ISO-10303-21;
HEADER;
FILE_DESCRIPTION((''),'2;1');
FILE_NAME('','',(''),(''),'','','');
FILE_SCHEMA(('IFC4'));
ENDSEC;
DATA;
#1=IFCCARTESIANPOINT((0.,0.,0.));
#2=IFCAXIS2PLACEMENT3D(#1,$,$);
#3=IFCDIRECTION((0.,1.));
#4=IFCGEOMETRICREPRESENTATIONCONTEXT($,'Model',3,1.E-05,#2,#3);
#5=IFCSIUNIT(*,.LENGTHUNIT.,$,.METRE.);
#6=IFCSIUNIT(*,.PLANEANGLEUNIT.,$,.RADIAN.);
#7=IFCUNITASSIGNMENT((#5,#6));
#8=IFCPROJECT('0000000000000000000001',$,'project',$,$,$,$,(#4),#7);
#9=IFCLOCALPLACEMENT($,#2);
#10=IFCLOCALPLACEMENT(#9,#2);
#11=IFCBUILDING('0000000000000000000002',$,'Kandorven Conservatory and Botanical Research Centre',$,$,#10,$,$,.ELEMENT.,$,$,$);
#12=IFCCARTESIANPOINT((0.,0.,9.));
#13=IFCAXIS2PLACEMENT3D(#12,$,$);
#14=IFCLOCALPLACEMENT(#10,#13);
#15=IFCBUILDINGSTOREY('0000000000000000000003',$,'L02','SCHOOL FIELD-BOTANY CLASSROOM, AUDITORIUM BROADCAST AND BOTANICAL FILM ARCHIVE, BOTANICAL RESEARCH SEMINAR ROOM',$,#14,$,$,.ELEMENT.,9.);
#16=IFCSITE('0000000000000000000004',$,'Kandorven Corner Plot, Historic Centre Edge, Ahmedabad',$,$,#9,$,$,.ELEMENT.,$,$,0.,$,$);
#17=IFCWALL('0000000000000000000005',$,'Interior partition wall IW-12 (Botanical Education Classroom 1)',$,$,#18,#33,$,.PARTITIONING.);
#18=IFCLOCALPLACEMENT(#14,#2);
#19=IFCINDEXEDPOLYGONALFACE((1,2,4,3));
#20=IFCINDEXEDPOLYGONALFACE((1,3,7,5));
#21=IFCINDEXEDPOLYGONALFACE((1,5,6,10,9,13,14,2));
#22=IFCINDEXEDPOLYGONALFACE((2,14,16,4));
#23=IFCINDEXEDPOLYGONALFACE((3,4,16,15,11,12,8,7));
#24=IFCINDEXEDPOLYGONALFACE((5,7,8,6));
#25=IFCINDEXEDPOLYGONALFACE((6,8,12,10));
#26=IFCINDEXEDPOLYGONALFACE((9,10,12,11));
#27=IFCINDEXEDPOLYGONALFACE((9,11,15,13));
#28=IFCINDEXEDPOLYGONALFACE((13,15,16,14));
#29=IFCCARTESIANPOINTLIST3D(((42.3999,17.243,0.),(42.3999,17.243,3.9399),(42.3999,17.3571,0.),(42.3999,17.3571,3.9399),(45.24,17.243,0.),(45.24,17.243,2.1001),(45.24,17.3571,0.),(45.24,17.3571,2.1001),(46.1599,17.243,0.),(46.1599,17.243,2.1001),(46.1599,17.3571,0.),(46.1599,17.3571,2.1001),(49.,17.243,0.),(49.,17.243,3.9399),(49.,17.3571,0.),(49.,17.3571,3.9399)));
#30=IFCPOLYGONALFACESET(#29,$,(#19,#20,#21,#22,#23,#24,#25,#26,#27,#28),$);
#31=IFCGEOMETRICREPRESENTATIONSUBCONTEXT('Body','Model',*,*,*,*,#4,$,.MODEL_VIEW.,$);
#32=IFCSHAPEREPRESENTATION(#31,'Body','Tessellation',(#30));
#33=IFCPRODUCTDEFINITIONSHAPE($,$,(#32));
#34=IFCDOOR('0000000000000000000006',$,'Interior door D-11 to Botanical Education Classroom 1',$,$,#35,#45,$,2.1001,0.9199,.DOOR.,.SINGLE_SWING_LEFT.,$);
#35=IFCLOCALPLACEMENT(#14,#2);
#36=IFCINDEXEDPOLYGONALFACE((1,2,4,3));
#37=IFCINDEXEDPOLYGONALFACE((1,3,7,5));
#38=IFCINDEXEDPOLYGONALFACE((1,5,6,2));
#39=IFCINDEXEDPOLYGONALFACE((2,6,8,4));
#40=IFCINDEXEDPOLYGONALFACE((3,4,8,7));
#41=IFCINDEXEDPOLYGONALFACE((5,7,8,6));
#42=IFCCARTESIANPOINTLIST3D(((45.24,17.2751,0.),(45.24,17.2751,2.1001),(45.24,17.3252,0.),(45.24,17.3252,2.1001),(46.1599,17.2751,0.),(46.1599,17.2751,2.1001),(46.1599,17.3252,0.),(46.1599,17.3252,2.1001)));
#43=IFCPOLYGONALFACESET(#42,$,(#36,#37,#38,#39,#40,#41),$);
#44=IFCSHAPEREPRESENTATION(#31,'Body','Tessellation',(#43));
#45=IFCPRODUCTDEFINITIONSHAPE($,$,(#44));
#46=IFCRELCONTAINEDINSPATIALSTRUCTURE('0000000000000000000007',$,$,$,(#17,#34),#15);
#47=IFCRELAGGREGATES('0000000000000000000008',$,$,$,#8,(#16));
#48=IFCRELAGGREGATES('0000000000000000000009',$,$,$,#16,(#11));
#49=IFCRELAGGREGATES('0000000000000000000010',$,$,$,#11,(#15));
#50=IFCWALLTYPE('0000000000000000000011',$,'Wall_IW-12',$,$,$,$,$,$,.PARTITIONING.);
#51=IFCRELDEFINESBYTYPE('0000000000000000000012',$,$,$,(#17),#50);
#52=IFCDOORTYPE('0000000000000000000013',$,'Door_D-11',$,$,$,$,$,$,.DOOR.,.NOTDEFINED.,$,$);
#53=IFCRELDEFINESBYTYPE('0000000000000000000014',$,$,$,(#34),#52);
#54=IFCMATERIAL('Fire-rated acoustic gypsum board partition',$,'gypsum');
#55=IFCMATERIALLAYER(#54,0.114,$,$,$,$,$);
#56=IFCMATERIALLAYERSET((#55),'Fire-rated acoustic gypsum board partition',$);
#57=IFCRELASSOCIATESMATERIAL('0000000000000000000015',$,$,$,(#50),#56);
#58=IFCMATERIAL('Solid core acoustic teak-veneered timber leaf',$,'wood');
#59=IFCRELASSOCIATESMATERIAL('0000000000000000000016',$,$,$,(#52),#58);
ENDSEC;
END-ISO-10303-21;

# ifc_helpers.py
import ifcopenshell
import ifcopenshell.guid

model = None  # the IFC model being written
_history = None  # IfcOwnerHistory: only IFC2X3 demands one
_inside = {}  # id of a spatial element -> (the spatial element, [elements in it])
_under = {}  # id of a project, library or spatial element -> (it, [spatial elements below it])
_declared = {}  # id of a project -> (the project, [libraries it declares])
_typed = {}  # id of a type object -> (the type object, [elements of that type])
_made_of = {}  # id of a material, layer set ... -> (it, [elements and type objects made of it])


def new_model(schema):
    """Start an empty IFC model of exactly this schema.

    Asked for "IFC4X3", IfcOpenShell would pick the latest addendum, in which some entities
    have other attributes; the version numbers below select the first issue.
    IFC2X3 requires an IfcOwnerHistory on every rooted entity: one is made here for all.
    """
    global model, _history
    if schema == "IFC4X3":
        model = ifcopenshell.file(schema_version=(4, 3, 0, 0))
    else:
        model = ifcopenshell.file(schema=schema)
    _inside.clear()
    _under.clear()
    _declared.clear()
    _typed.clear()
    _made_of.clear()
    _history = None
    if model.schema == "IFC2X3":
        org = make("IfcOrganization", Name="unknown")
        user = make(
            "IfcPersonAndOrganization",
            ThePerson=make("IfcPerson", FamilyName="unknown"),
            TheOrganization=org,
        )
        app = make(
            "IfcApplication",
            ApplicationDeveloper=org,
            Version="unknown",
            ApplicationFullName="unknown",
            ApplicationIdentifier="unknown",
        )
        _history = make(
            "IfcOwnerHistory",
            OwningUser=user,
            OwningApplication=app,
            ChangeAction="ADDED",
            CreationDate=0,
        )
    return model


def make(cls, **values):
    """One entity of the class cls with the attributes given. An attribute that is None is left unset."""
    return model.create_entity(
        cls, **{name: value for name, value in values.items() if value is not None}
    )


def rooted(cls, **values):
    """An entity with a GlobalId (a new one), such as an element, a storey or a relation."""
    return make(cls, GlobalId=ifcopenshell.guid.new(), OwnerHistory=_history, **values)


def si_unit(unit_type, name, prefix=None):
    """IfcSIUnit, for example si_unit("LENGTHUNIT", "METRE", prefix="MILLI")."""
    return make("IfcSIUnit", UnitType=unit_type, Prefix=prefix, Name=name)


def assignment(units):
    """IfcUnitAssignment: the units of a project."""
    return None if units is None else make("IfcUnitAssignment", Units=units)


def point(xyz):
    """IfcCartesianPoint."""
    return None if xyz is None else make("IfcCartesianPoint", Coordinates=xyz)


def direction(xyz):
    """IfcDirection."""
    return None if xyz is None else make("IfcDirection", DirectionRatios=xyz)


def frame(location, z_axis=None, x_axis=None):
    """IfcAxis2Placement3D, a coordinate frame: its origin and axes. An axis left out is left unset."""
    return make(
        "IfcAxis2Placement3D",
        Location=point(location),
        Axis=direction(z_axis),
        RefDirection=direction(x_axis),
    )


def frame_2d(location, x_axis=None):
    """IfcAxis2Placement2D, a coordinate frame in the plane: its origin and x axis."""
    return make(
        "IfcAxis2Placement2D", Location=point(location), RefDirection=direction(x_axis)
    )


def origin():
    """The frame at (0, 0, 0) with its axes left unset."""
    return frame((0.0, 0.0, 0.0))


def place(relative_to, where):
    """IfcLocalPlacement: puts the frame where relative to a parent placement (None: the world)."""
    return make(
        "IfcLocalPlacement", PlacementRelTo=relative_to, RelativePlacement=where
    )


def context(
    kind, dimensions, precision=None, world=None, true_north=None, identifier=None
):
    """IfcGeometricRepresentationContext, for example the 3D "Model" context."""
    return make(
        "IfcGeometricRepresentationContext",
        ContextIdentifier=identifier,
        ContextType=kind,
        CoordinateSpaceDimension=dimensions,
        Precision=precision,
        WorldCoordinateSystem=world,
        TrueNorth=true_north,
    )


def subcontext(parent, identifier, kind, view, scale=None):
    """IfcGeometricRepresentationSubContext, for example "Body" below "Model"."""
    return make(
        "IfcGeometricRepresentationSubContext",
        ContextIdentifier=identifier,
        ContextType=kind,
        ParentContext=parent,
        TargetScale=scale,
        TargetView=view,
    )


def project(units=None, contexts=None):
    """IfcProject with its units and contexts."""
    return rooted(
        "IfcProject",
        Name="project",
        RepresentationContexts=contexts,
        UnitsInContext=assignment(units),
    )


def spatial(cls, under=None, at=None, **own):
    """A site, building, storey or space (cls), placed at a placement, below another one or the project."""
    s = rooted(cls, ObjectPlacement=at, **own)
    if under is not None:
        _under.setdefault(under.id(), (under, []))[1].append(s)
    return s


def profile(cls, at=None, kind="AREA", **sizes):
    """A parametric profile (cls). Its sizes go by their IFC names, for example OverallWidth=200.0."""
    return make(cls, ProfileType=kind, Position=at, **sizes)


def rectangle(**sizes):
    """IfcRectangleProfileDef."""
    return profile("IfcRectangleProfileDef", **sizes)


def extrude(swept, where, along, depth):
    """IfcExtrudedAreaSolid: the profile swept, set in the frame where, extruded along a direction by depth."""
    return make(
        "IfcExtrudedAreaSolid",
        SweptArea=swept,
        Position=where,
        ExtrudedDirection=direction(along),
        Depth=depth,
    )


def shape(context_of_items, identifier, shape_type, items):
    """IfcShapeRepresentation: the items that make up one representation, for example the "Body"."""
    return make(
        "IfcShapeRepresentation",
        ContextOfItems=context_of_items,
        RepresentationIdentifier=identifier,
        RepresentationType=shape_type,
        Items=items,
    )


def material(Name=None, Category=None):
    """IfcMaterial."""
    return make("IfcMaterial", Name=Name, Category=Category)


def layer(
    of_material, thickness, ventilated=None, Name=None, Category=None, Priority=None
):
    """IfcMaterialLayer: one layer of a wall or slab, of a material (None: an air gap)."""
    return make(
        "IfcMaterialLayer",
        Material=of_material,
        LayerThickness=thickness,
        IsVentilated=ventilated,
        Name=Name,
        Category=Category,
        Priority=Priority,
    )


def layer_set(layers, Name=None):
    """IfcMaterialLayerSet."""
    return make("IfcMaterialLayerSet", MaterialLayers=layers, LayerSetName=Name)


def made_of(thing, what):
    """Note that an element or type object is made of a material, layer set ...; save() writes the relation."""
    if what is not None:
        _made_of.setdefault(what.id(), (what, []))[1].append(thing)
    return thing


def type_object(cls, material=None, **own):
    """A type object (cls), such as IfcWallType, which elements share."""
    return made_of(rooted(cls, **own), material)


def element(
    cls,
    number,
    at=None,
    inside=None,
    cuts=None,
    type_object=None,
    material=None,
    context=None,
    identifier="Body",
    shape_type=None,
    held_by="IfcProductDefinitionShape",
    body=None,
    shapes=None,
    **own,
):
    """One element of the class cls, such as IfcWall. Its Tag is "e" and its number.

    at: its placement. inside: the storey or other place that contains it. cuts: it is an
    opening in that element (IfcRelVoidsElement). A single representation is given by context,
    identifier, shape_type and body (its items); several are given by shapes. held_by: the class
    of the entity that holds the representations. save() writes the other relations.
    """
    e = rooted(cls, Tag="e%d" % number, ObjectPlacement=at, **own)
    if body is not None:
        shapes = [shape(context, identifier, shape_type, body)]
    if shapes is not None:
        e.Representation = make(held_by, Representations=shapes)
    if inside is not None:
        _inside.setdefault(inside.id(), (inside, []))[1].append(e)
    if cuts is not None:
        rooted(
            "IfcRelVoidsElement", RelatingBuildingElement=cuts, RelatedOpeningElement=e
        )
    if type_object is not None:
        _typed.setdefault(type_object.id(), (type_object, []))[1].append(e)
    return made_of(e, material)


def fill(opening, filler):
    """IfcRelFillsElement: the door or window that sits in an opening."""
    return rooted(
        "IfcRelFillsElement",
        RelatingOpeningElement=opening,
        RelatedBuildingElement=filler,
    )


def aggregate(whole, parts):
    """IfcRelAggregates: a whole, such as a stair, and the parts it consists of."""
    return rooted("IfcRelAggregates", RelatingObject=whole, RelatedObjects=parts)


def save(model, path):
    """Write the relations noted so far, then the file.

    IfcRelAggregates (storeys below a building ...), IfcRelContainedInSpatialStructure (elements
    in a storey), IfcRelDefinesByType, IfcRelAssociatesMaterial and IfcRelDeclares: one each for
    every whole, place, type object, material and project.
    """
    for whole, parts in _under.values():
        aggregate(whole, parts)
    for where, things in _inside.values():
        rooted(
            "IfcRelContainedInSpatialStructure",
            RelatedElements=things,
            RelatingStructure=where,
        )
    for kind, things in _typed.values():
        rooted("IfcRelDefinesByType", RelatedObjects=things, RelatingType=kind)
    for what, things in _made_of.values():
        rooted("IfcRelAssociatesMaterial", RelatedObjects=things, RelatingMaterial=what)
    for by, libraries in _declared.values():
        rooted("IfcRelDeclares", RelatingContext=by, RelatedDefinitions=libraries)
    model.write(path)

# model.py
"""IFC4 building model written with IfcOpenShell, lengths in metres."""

from ifc_helpers import new_model, si_unit, direction, frame, frame_2d, origin, place, context, subcontext, project, spatial, rectangle, extrude, material, layer, layer_set, type_object, element, fill, save


model = new_model("IFC4")

# Units and contexts
model_context = context("Model", 3, precision=1e-05, world=origin(), true_north=direction((0.0, 1.0)))
body_context = subcontext(model_context, "Body", "Model", "MODEL_VIEW")
ifc_project = project(units=[si_unit("LENGTHUNIT", "METRE"), si_unit("PLANEANGLEUNIT", "RADIAN")], contexts=[model_context])

# Site, building, storey
site_placement = place(None, origin())
site = spatial("IfcSite", under=ifc_project, at=site_placement, Name="Kandorven Corner Plot, Historic Centre Edge, Ahmedabad", CompositionType="ELEMENT", RefElevation=0.0)
building_placement = place(site_placement, origin())
building = spatial("IfcBuilding", under=site, at=building_placement, Name="Kandorven Conservatory and Botanical Research Centre", CompositionType="ELEMENT")
storey_placement = place(building_placement, frame((0.0, 0.0, 9.0)))
storey = spatial("IfcBuildingStorey", under=building, at=storey_placement, Name="L02", Description="SCHOOL FIELD-BOTANY CLASSROOM, AUDITORIUM BROADCAST AND BOTANICAL FILM ARCHIVE, BOTANICAL RESEARCH SEMINAR ROOM", CompositionType="ELEMENT", Elevation=9.0)

# Wall, opening, door
ifc_material_1 = material(Name="Fire-rated acoustic gypsum board partition", Category="gypsum")
ifc_layer_1 = layer(ifc_material_1, 0.114)
ifc_layer_set_1 = layer_set([ifc_layer_1], Name="Fire-rated acoustic gypsum board partition")
wall_type_1 = type_object("IfcWallType", Name="Wall_IW-12", PredefinedType="PARTITIONING", material=ifc_layer_set_1)
wall_1_placement = place(storey_placement, frame((42.3999, 17.3, 0.0), z_axis=(0.0, 0.0, 1.0), x_axis=(1.0, 0.0, 0.0)))
wall_1 = element("IfcWall", 1, at=wall_1_placement, inside=storey, type_object=wall_type_1, Name="Interior partition wall IW-12 (Botanical Education Classroom 1)", PredefinedType="PARTITIONING", context=body_context, shape_type="SweptSolid", body=[
    extrude(rectangle(XDim=6.6001, YDim=0.114, at=frame_2d((3.3, 0.0))), origin(), (0.0, 0.0, 1.0), 3.9399),
])
opening_1_placement = place(wall_1_placement, frame((2.8401, 0.0, 0.0)))
opening_1 = element("IfcOpeningElement", 2, at=opening_1_placement, cuts=wall_1, PredefinedType="OPENING", context=body_context, shape_type="SweptSolid", body=[
    extrude(rectangle(XDim=0.9199, YDim=2.1001, at=frame_2d((0.46, 1.05))), frame((0.0, 0.0669, 0.0), z_axis=(0.0, -1.0, 0.0), x_axis=(1.0, 0.0, 0.0)), (0.0, 0.0, 1.0), 0.134),
])
ifc_material_2 = material(Name="Solid core acoustic teak-veneered timber leaf", Category="wood")
door_type = type_object("IfcDoorType", Name="Door_D-11", OperationType="NOTDEFINED", PredefinedType="DOOR", material=ifc_material_2)
door_placement = place(opening_1_placement, frame((0.9199, 0.0, 0.0), z_axis=(0.0, 0.0, 1.0), x_axis=(-1.0, 0.0, 0.0)))
door = element("IfcDoor", 3, at=door_placement, inside=storey, type_object=door_type, Name="Interior door D-11 to Botanical Education Classroom 1", OperationType="SINGLE_SWING_LEFT", OverallHeight=2.1001, OverallWidth=0.9199, PredefinedType="DOOR", context=body_context, shape_type="SweptSolid", body=[
    extrude(rectangle(XDim=0.9199, YDim=2.1001, at=frame_2d((0.46, 1.05))), frame((0.0, 0.0249, 0.0), z_axis=(0.0, -1.0, 0.0), x_axis=(1.0, 0.0, 0.0)), (0.0, 0.0, 1.0), 0.05),
])
fill(opening_1, door)

save(model, "model.ifc")
